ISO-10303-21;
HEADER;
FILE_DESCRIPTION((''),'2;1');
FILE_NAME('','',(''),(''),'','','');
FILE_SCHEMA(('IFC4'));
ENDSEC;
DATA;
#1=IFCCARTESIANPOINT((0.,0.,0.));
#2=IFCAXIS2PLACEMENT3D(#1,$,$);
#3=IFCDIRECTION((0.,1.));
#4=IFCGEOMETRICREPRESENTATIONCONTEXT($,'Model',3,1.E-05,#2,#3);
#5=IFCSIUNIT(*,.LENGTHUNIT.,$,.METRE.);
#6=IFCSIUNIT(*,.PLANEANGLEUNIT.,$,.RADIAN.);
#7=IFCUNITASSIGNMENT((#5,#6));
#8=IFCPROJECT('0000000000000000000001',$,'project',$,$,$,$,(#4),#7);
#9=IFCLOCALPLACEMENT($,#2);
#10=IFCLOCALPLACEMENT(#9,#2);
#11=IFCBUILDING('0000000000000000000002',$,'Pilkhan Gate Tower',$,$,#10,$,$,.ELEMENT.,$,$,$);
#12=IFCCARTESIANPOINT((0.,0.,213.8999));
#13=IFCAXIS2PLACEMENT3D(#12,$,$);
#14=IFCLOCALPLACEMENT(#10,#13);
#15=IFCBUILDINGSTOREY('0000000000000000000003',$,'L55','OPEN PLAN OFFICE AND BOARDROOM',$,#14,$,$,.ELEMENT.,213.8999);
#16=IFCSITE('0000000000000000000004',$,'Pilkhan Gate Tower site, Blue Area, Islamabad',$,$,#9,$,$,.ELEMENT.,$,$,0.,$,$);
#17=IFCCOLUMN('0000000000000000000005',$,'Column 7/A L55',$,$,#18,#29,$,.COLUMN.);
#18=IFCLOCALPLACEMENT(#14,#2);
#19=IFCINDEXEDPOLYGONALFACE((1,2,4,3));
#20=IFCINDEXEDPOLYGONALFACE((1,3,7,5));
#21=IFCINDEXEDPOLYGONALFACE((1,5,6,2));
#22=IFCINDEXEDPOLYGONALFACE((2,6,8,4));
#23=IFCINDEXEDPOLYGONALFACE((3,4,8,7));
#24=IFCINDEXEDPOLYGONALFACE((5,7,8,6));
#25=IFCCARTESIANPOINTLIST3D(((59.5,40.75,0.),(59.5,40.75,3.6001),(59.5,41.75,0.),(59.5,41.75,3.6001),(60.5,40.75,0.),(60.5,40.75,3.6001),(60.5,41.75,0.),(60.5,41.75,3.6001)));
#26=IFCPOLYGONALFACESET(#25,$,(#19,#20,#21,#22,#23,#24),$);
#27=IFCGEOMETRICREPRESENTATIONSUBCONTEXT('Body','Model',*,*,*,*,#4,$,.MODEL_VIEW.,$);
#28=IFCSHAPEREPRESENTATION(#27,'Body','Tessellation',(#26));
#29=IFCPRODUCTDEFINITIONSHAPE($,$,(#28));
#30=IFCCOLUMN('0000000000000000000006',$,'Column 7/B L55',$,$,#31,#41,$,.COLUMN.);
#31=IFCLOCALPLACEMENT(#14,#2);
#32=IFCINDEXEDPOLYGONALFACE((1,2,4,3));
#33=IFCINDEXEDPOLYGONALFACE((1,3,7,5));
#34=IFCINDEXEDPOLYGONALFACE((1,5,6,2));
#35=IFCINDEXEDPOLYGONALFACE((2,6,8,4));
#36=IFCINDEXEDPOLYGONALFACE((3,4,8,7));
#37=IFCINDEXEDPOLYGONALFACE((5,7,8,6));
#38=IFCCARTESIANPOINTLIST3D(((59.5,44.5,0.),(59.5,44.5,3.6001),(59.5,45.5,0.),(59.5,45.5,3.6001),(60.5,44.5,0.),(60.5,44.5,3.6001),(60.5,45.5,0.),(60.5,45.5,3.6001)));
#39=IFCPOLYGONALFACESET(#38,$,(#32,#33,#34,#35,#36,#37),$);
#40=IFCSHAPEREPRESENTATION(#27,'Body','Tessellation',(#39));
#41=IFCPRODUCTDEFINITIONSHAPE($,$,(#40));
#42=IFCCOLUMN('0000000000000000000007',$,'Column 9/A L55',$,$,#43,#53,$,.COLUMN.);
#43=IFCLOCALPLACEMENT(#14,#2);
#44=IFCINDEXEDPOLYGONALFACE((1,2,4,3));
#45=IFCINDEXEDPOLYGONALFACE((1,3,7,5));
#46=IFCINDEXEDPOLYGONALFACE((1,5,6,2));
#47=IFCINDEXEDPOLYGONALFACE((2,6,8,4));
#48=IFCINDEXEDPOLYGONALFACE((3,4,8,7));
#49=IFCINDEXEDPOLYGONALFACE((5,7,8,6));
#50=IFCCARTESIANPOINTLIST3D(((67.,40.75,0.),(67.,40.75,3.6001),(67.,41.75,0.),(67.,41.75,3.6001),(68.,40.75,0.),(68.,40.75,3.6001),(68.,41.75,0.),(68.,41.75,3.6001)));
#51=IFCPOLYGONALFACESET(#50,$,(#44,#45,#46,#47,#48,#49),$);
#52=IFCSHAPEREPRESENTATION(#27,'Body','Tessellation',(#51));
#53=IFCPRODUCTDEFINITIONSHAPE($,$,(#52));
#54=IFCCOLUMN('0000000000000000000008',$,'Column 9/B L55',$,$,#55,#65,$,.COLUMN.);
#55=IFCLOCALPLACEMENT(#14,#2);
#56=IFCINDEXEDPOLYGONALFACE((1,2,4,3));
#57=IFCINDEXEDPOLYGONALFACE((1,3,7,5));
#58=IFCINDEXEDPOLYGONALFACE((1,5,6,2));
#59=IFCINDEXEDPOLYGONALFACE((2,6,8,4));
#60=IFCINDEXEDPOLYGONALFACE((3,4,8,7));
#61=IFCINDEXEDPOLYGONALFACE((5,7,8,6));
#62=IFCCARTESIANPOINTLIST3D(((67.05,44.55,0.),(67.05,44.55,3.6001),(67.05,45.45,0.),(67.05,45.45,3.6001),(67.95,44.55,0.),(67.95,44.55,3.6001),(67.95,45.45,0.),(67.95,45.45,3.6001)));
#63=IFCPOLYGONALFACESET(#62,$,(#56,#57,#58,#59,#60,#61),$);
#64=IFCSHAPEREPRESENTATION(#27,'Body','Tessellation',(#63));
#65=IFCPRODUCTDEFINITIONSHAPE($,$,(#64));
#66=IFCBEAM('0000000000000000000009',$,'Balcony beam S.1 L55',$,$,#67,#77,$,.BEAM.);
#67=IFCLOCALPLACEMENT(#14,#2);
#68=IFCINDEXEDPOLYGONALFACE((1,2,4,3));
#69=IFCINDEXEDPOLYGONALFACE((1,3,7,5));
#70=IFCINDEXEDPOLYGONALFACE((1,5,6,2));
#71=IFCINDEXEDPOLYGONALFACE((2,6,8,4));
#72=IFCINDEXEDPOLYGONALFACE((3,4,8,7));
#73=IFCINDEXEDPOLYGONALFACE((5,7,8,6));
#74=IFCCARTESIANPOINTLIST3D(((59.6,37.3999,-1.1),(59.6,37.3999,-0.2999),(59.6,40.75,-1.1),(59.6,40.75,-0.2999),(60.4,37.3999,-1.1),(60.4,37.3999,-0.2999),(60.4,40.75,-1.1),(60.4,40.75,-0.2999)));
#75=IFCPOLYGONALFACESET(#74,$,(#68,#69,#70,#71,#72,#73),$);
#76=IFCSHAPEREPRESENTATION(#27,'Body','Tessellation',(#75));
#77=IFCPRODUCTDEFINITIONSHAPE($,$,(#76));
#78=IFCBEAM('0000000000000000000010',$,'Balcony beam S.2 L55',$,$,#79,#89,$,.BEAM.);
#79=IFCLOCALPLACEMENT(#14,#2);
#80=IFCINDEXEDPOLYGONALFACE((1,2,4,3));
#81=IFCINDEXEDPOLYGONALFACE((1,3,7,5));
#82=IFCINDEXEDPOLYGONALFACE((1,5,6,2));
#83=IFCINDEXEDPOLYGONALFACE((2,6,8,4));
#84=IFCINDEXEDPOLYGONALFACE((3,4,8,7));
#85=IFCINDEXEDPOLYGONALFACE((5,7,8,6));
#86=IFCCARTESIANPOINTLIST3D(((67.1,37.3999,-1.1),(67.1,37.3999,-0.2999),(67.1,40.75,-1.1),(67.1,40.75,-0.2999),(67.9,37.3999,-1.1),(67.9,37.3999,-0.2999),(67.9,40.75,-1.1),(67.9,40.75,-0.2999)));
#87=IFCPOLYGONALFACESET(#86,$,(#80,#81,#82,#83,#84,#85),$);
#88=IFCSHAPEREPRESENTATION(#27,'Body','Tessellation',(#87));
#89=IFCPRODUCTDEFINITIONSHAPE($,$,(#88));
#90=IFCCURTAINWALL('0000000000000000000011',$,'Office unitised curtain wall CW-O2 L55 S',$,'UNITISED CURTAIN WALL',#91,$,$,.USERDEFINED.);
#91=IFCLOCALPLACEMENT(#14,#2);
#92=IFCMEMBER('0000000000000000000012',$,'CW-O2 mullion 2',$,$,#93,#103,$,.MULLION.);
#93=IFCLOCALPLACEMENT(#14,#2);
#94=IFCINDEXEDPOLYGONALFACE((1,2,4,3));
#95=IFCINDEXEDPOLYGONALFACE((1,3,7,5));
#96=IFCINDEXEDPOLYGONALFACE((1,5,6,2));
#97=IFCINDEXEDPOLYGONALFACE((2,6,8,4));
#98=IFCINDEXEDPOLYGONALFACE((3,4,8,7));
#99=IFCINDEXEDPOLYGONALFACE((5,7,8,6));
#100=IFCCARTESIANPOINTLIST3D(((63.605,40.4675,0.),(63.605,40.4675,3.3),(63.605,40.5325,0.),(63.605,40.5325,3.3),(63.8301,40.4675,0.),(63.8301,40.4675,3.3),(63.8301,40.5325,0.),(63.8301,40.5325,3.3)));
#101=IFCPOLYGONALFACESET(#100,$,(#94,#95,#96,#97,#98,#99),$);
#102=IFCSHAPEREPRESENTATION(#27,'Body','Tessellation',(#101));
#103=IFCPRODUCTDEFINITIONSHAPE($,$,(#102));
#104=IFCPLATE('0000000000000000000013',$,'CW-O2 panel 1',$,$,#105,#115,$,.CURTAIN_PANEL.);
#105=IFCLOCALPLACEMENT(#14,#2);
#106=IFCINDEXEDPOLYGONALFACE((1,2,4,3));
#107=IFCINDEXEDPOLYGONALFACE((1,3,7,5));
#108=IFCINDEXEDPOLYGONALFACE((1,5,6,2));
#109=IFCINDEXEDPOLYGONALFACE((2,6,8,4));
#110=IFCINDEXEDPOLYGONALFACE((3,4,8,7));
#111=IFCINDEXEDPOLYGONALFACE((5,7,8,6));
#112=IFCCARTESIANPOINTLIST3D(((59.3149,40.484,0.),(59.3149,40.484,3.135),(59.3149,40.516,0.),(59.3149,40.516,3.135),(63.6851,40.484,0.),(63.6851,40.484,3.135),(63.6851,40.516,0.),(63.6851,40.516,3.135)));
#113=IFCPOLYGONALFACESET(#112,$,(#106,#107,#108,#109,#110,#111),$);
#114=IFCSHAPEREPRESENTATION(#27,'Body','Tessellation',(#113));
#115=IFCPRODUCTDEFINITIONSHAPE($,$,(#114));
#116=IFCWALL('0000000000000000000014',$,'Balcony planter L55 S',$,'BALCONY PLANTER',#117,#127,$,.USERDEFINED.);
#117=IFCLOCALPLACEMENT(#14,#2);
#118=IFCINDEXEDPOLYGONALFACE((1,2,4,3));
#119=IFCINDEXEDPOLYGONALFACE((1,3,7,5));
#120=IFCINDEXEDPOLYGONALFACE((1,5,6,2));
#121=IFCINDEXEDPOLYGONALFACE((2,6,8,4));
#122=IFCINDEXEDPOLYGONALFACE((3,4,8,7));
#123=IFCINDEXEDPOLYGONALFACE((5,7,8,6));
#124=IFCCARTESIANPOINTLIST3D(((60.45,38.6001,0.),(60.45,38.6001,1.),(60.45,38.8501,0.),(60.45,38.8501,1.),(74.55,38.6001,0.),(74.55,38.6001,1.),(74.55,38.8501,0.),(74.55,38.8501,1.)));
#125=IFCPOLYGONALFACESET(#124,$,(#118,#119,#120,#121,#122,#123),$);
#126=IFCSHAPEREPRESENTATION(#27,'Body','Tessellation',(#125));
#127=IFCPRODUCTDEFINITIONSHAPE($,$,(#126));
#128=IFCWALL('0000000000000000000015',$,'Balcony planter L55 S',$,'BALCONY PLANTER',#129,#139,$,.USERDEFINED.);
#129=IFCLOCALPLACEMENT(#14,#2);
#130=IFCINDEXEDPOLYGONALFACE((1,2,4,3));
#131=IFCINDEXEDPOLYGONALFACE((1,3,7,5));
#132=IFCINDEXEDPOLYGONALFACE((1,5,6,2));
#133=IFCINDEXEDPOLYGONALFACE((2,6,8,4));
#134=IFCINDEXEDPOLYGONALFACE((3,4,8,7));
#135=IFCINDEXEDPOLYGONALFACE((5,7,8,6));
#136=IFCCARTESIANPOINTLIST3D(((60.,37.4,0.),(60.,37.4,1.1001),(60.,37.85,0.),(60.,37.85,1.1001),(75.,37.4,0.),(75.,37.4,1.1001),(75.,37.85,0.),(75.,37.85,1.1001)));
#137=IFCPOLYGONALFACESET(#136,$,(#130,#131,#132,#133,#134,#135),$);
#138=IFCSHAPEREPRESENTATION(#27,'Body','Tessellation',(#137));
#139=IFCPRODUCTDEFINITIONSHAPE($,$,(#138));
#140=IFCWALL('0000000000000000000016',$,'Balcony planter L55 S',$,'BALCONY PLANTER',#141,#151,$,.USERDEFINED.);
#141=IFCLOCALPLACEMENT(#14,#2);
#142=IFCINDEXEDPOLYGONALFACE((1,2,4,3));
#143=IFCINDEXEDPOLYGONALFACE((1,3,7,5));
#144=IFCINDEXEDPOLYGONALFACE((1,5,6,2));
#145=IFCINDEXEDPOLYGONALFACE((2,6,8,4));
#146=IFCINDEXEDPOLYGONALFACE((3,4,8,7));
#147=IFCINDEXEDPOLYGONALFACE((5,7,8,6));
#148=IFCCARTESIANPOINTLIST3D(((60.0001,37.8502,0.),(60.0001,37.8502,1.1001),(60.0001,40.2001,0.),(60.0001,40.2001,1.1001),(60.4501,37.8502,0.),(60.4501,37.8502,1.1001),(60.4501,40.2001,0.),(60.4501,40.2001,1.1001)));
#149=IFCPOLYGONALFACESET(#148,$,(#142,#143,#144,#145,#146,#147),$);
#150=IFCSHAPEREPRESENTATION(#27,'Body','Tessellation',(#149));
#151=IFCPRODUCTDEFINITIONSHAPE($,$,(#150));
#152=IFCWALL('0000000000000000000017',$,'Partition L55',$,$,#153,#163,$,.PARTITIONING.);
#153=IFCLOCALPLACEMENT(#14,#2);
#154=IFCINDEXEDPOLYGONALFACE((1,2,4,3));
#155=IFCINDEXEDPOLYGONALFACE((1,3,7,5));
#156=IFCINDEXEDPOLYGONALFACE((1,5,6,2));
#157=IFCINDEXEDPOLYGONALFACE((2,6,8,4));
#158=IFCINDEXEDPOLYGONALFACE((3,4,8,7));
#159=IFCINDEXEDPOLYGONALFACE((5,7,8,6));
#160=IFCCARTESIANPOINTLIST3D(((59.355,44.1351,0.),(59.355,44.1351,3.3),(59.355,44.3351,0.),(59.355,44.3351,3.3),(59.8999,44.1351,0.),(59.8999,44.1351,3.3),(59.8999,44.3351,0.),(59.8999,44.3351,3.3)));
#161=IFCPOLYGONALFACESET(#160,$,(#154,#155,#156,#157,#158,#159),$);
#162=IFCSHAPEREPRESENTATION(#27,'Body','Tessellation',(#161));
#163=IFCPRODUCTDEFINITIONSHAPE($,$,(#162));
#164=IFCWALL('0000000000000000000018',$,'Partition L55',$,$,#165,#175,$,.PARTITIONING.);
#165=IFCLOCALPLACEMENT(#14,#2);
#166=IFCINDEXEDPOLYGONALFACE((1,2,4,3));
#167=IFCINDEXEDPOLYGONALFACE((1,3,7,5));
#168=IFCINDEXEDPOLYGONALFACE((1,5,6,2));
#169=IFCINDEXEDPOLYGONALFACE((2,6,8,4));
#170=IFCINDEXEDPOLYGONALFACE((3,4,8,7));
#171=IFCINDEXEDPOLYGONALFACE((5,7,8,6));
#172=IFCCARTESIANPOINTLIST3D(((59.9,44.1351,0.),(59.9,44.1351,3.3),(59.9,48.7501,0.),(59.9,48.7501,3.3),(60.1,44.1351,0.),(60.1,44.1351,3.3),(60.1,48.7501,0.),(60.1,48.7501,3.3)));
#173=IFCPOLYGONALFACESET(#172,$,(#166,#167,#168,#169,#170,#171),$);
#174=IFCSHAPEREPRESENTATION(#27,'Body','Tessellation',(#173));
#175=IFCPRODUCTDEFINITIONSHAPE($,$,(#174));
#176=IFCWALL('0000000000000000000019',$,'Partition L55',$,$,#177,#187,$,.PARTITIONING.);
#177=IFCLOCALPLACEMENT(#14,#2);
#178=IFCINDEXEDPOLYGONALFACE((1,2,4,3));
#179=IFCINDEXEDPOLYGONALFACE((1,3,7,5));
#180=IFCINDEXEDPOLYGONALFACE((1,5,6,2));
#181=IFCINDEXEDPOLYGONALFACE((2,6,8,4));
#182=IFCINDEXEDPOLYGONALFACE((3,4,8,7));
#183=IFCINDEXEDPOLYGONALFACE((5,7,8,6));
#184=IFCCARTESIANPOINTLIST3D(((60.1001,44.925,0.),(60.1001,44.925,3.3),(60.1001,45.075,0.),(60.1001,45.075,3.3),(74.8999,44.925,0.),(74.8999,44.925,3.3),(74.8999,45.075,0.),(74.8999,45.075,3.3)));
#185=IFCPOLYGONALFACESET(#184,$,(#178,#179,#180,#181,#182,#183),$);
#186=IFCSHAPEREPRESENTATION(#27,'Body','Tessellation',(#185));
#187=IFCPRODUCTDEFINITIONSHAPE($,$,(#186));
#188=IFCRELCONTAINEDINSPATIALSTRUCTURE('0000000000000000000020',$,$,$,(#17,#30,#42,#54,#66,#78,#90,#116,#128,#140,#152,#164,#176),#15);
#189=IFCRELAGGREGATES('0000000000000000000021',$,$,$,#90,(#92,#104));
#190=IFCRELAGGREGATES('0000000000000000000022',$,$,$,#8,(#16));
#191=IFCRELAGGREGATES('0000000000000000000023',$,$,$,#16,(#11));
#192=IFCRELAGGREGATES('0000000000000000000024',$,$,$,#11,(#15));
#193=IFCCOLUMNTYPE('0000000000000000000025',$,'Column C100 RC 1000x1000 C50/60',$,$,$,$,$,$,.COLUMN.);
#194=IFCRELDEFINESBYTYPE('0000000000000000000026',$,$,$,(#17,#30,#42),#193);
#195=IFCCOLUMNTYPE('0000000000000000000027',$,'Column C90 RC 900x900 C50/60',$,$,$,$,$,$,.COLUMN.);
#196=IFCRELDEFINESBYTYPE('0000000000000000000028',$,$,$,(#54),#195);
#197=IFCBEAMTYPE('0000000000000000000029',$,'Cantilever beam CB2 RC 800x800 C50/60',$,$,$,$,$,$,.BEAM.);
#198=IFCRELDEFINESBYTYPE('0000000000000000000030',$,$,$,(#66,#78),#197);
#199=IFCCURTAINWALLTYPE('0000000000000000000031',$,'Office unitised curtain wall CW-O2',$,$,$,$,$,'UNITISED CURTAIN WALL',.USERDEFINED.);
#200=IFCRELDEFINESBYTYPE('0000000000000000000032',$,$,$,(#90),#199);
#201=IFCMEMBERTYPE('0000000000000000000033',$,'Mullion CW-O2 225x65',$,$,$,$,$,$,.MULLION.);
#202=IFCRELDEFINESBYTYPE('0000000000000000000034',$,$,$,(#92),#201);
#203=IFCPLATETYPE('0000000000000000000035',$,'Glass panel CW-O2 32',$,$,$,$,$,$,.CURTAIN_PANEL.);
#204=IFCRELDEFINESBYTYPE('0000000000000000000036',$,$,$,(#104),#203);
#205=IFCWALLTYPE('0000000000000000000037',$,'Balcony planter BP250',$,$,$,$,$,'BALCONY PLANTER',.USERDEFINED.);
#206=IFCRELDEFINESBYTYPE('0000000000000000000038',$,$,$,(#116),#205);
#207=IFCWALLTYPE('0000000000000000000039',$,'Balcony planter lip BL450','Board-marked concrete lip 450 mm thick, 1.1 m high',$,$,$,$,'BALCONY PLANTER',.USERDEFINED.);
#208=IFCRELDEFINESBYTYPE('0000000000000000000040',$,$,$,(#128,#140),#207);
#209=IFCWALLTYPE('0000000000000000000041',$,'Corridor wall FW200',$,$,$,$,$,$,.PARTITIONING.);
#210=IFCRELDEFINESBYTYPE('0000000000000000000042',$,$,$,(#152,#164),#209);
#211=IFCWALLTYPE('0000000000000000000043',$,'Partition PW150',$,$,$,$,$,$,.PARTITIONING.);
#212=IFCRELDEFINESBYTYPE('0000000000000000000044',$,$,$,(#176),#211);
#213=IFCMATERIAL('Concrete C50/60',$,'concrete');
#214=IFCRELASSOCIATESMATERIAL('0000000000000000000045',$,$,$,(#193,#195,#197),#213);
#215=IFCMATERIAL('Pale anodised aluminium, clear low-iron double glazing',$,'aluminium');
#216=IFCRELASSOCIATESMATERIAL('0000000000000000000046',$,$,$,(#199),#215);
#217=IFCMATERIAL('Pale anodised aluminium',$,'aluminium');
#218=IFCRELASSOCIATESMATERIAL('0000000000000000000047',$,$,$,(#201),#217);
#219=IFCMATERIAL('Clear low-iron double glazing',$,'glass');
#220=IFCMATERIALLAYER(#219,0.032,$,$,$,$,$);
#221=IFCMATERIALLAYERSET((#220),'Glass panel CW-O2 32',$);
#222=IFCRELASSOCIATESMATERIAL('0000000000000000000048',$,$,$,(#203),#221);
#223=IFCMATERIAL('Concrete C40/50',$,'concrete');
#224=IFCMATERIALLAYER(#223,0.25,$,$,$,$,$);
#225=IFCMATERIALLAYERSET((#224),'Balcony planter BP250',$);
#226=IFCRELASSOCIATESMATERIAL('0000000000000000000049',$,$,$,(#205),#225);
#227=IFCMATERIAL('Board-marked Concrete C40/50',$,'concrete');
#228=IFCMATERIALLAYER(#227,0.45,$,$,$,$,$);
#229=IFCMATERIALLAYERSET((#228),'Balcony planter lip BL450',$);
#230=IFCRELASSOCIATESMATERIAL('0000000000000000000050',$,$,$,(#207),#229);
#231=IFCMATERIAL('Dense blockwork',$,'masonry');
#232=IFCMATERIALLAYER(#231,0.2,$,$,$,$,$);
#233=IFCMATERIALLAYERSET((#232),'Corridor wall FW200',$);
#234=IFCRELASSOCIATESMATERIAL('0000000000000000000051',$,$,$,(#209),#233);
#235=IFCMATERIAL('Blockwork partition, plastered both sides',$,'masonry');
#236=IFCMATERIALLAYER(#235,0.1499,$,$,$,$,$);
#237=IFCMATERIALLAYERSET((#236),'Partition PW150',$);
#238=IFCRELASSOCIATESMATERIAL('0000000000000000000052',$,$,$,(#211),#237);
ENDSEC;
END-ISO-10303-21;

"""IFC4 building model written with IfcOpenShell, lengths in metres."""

from ifc_helpers import new_model, si_unit, direction, frame, frame_2d, origin, origin_2d, place, context, subcontext, project, spatial, rectangle, extrude, material, layer, layer_set, material_profile, profile_set, type_object, element, aggregate, save


model = new_model("IFC4")

# Units and contexts
model_context = context("Model", 3, precision=1e-05, world=origin(), true_north=direction((0.0, 1.0)))
body_context = subcontext(model_context, "Body", "Model", "MODEL_VIEW")
ifc_project = project(units=[si_unit("LENGTHUNIT", "METRE"), si_unit("PLANEANGLEUNIT", "RADIAN")], contexts=[model_context])

# Site, building, storey
site_placement = place(None, origin())
site = spatial("IfcSite", under=ifc_project, at=site_placement, Name="Pilkhan Gate Tower site, Blue Area, Islamabad", CompositionType="ELEMENT", RefElevation=0.0)
building_placement = place(site_placement, origin())
building = spatial("IfcBuilding", under=site, at=building_placement, Name="Pilkhan Gate Tower", CompositionType="ELEMENT")
storey_placement = place(building_placement, frame((0.0, 0.0, 213.8999)))
storey = spatial("IfcBuildingStorey", under=building, at=storey_placement, Name="L55", Description="OPEN PLAN OFFICE AND BOARDROOM", CompositionType="ELEMENT", Elevation=213.8999)

# Columns
ifc_material_1 = material(Name="Concrete C50/60", Category="concrete")
ifc_material_profile_1 = material_profile(ifc_material_1, rectangle(XDim=1.0, YDim=1.0, at=origin_2d()), Name="RC 1000x1000")
ifc_profile_set_1 = profile_set([ifc_material_profile_1], Name="Concrete C50/60")
column_type_1 = type_object("IfcColumnType", Name="Column C100 RC 1000x1000 C50/60", PredefinedType="COLUMN", material=ifc_profile_set_1)
for number, where, z_axis, x_axis, name in (
    (1, (60.0, 41.25, 0.0), (0.0, 0.0, 1.0), (1.0, 0.0, 0.0), "Column 7/A L55"),
    (2, (60.0, 45.0, 0.0), (0.0, 0.0, 1.0), (1.0, 0.0, 0.0), "Column 7/B L55"),
    (3, (67.5, 41.25, 0.0), (0.0, 0.0, 1.0), (1.0, 0.0, 0.0), "Column 9/A L55"),
):
    element("IfcColumn", number, at=place(storey_placement, frame(where, z_axis=z_axis, x_axis=x_axis)), inside=storey, type_object=column_type_1, Name=name, PredefinedType="COLUMN", context=body_context, shape_type="SweptSolid", body=[
        extrude(rectangle(XDim=1.0, YDim=1.0, at=origin_2d()), origin(), (0.0, 0.0, 1.0), 3.6001),
    ])
ifc_material_profile_2 = material_profile(ifc_material_1, rectangle(XDim=0.8999, YDim=0.8999, at=origin_2d()), Name="RC 900x900")
ifc_profile_set_2 = profile_set([ifc_material_profile_2], Name="Concrete C50/60")
column_type_2 = type_object("IfcColumnType", Name="Column C90 RC 900x900 C50/60", PredefinedType="COLUMN", material=ifc_profile_set_2)
column_placement = place(storey_placement, frame((67.5, 45.0, 0.0), z_axis=(0.0, 0.0, 1.0), x_axis=(1.0, 0.0, 0.0)))
element("IfcColumn", 4, at=column_placement, inside=storey, type_object=column_type_2, Name="Column 9/B L55", PredefinedType="COLUMN", context=body_context, shape_type="SweptSolid", body=[
    extrude(rectangle(XDim=0.8999, YDim=0.8999, at=origin_2d()), origin(), (0.0, 0.0, 1.0), 3.6001),
])

# Beams
ifc_material_profile_3 = material_profile(ifc_material_1, rectangle(XDim=0.8, YDim=0.8, at=origin_2d()), Name="RC 800x800")
ifc_profile_set_3 = profile_set([ifc_material_profile_3], Name="Concrete C50/60")
beam_type = type_object("IfcBeamType", Name="Cantilever beam CB2 RC 800x800 C50/60", PredefinedType="BEAM", material=ifc_profile_set_3)
for number, where, z_axis, x_axis, name in (
    (5, (60.0, 40.75, -0.7), (0.0, -1.0, 0.0), (1.0, 0.0, 0.0), "Balcony beam S.1 L55"),
    (6, (67.5, 40.75, -0.7), (0.0, -1.0, 0.0), (1.0, 0.0, 0.0), "Balcony beam S.2 L55"),
):
    element("IfcBeam", number, at=place(storey_placement, frame(where, z_axis=z_axis, x_axis=x_axis)), inside=storey, type_object=beam_type, Name=name, PredefinedType="BEAM", context=body_context, shape_type="SweptSolid", body=[
        extrude(rectangle(XDim=0.8, YDim=0.8, at=origin_2d()), origin(), (0.0, 0.0, 1.0), 3.3501),
    ])

# Curtain wall, member, plate
ifc_material_2 = material(Name="Pale anodised aluminium, clear low-iron double glazing", Category="aluminium")
curtain_wall_type = type_object("IfcCurtainWallType", Name="Office unitised curtain wall CW-O2", ElementType="UNITISED CURTAIN WALL", PredefinedType="USERDEFINED", material=ifc_material_2)
curtain_wall_placement = place(storey_placement, origin())
curtain_wall = element("IfcCurtainWall", 7, at=curtain_wall_placement, inside=storey, type_object=curtain_wall_type, Name="Office unitised curtain wall CW-O2 L55 S", ObjectType="UNITISED CURTAIN WALL", PredefinedType="USERDEFINED")
ifc_material_3 = material(Name="Pale anodised aluminium", Category="aluminium")
ifc_material_profile_4 = material_profile(ifc_material_3, rectangle(XDim=0.0649, YDim=0.2251, at=origin_2d()), Name="Mullion 225x65")
ifc_profile_set_4 = profile_set([ifc_material_profile_4], Name="Pale anodised aluminium")
member_type = type_object("IfcMemberType", Name="Mullion CW-O2 225x65", PredefinedType="MULLION", material=ifc_profile_set_4)
member_placement = place(storey_placement, frame((63.7175, 40.5, 0.0), z_axis=(0.0, 0.0, 1.0), x_axis=(0.0, 1.0, 0.0)))
member = element("IfcMember", 8, at=member_placement, type_object=member_type, Name="CW-O2 mullion 2", PredefinedType="MULLION", context=body_context, shape_type="SweptSolid", body=[
    extrude(rectangle(XDim=0.0649, YDim=0.2251, at=origin_2d()), origin(), (0.0, 0.0, 1.0), 3.3),
])
ifc_material_4 = material(Name="Clear low-iron double glazing", Category="glass")
ifc_layer_1 = layer(ifc_material_4, 0.032)
ifc_layer_set_1 = layer_set([ifc_layer_1], Name="Glass panel CW-O2 32")
plate_type = type_object("IfcPlateType", Name="Glass panel CW-O2 32", PredefinedType="CURTAIN_PANEL", material=ifc_layer_set_1)
plate_placement = place(storey_placement, frame((61.5, 40.5, 0.0), z_axis=(0.0, 0.0, 1.0), x_axis=(1.0, 0.0, 0.0)))
plate = element("IfcPlate", 9, at=plate_placement, type_object=plate_type, Name="CW-O2 panel 1", PredefinedType="CURTAIN_PANEL", context=body_context, shape_type="SweptSolid", body=[
    extrude(rectangle(XDim=4.3701, YDim=0.032, at=origin_2d()), origin(), (0.0, 0.0, 1.0), 3.135),
])
aggregate(curtain_wall, [member, plate])

# Walls
ifc_material_5 = material(Name="Concrete C40/50", Category="concrete")
ifc_layer_2 = layer(ifc_material_5, 0.25)
ifc_layer_set_2 = layer_set([ifc_layer_2], Name="Balcony planter BP250")
wall_type_1 = type_object("IfcWallType", Name="Balcony planter BP250", ElementType="BALCONY PLANTER", PredefinedType="USERDEFINED", material=ifc_layer_set_2)
wall_1_placement = place(storey_placement, frame((60.45, 38.7251, 0.0), z_axis=(0.0, 0.0, 1.0), x_axis=(1.0, 0.0, 0.0)))
element("IfcWall", 10, at=wall_1_placement, inside=storey, type_object=wall_type_1, Name="Balcony planter L55 S", ObjectType="BALCONY PLANTER", PredefinedType="USERDEFINED", context=body_context, shape_type="SweptSolid", body=[
    extrude(rectangle(XDim=14.1001, YDim=0.25, at=frame_2d((7.05, 0.0))), origin(), (0.0, 0.0, 1.0), 1.0),
])
ifc_material_6 = material(Name="Board-marked Concrete C40/50", Category="concrete")
ifc_layer_3 = layer(ifc_material_6, 0.45)
ifc_layer_set_3 = layer_set([ifc_layer_3], Name="Balcony planter lip BL450")
wall_type_2 = type_object("IfcWallType", Name="Balcony planter lip BL450", Description="Board-marked concrete lip 450 mm thick, 1.1 m high", ElementType="BALCONY PLANTER", PredefinedType="USERDEFINED", material=ifc_layer_set_3)
wall_2_placement = place(storey_placement, frame((60.0, 37.625, 0.0), z_axis=(0.0, 0.0, 1.0), x_axis=(1.0, 0.0, 0.0)))
element("IfcWall", 11, at=wall_2_placement, inside=storey, type_object=wall_type_2, Name="Balcony planter L55 S", ObjectType="BALCONY PLANTER", PredefinedType="USERDEFINED", context=body_context, shape_type="SweptSolid", body=[
    extrude(rectangle(XDim=15.0, YDim=0.45, at=frame_2d((7.5, 0.0))), origin(), (0.0, 0.0, 1.0), 1.1001),
])
wall_3_placement = place(storey_placement, frame((60.2251, 40.2, 0.0), z_axis=(0.0, 0.0, 1.0), x_axis=(0.0, -1.0, 0.0)))
element("IfcWall", 12, at=wall_3_placement, inside=storey, type_object=wall_type_2, Name="Balcony planter L55 S", ObjectType="BALCONY PLANTER", PredefinedType="USERDEFINED", context=body_context, shape_type="SweptSolid", body=[
    extrude(rectangle(XDim=2.3499, YDim=0.45, at=frame_2d((1.1748, 0.0))), origin(), (0.0, 0.0, 1.0), 1.1001),
])
ifc_material_7 = material(Name="Dense blockwork", Category="masonry")
ifc_layer_4 = layer(ifc_material_7, 0.2)
ifc_layer_set_4 = layer_set([ifc_layer_4], Name="Corridor wall FW200")
wall_type_3 = type_object("IfcWallType", Name="Corridor wall FW200", PredefinedType="PARTITIONING", material=ifc_layer_set_4)
wall_4_placement = place(storey_placement, frame((59.355, 44.2351, 0.0), z_axis=(0.0, 0.0, 1.0), x_axis=(1.0, 0.0, 0.0)))
element("IfcWall", 13, at=wall_4_placement, inside=storey, type_object=wall_type_3, Name="Partition L55", PredefinedType="PARTITIONING", context=body_context, shape_type="SweptSolid", body=[
    extrude(rectangle(XDim=0.5449, YDim=0.2, at=frame_2d((0.2725, 0.0))), origin(), (0.0, 0.0, 1.0), 3.3),
])
wall_5_placement = place(storey_placement, frame((60.0, 44.135, 0.0), z_axis=(0.0, 0.0, 1.0), x_axis=(0.0, 1.0, 0.0)))
element("IfcWall", 14, at=wall_5_placement, inside=storey, type_object=wall_type_3, Name="Partition L55", PredefinedType="PARTITIONING", context=body_context, shape_type="SweptSolid", body=[
    extrude(rectangle(XDim=4.615, YDim=0.2, at=frame_2d((2.3076, 0.0))), origin(), (0.0, 0.0, 1.0), 3.3),
])

# Wall
ifc_material_8 = material(Name="Blockwork partition, plastered both sides", Category="masonry")
ifc_layer_5 = layer(ifc_material_8, 0.1499)
ifc_layer_set_5 = layer_set([ifc_layer_5], Name="Partition PW150")
wall_type_4 = type_object("IfcWallType", Name="Partition PW150", PredefinedType="PARTITIONING", material=ifc_layer_set_5)
wall_6_placement = place(storey_placement, frame((60.1001, 45.0, 0.0), z_axis=(0.0, 0.0, 1.0), x_axis=(1.0, 0.0, 0.0)))
element("IfcWall", 15, at=wall_6_placement, inside=storey, type_object=wall_type_4, Name="Partition L55", PredefinedType="PARTITIONING", context=body_context, shape_type="SweptSolid", body=[
    extrude(rectangle(XDim=14.7998, YDim=0.1499, at=frame_2d((7.3999, 0.0))), origin(), (0.0, 0.0, 1.0), 3.3),
])

save(model, "model.ifc")
